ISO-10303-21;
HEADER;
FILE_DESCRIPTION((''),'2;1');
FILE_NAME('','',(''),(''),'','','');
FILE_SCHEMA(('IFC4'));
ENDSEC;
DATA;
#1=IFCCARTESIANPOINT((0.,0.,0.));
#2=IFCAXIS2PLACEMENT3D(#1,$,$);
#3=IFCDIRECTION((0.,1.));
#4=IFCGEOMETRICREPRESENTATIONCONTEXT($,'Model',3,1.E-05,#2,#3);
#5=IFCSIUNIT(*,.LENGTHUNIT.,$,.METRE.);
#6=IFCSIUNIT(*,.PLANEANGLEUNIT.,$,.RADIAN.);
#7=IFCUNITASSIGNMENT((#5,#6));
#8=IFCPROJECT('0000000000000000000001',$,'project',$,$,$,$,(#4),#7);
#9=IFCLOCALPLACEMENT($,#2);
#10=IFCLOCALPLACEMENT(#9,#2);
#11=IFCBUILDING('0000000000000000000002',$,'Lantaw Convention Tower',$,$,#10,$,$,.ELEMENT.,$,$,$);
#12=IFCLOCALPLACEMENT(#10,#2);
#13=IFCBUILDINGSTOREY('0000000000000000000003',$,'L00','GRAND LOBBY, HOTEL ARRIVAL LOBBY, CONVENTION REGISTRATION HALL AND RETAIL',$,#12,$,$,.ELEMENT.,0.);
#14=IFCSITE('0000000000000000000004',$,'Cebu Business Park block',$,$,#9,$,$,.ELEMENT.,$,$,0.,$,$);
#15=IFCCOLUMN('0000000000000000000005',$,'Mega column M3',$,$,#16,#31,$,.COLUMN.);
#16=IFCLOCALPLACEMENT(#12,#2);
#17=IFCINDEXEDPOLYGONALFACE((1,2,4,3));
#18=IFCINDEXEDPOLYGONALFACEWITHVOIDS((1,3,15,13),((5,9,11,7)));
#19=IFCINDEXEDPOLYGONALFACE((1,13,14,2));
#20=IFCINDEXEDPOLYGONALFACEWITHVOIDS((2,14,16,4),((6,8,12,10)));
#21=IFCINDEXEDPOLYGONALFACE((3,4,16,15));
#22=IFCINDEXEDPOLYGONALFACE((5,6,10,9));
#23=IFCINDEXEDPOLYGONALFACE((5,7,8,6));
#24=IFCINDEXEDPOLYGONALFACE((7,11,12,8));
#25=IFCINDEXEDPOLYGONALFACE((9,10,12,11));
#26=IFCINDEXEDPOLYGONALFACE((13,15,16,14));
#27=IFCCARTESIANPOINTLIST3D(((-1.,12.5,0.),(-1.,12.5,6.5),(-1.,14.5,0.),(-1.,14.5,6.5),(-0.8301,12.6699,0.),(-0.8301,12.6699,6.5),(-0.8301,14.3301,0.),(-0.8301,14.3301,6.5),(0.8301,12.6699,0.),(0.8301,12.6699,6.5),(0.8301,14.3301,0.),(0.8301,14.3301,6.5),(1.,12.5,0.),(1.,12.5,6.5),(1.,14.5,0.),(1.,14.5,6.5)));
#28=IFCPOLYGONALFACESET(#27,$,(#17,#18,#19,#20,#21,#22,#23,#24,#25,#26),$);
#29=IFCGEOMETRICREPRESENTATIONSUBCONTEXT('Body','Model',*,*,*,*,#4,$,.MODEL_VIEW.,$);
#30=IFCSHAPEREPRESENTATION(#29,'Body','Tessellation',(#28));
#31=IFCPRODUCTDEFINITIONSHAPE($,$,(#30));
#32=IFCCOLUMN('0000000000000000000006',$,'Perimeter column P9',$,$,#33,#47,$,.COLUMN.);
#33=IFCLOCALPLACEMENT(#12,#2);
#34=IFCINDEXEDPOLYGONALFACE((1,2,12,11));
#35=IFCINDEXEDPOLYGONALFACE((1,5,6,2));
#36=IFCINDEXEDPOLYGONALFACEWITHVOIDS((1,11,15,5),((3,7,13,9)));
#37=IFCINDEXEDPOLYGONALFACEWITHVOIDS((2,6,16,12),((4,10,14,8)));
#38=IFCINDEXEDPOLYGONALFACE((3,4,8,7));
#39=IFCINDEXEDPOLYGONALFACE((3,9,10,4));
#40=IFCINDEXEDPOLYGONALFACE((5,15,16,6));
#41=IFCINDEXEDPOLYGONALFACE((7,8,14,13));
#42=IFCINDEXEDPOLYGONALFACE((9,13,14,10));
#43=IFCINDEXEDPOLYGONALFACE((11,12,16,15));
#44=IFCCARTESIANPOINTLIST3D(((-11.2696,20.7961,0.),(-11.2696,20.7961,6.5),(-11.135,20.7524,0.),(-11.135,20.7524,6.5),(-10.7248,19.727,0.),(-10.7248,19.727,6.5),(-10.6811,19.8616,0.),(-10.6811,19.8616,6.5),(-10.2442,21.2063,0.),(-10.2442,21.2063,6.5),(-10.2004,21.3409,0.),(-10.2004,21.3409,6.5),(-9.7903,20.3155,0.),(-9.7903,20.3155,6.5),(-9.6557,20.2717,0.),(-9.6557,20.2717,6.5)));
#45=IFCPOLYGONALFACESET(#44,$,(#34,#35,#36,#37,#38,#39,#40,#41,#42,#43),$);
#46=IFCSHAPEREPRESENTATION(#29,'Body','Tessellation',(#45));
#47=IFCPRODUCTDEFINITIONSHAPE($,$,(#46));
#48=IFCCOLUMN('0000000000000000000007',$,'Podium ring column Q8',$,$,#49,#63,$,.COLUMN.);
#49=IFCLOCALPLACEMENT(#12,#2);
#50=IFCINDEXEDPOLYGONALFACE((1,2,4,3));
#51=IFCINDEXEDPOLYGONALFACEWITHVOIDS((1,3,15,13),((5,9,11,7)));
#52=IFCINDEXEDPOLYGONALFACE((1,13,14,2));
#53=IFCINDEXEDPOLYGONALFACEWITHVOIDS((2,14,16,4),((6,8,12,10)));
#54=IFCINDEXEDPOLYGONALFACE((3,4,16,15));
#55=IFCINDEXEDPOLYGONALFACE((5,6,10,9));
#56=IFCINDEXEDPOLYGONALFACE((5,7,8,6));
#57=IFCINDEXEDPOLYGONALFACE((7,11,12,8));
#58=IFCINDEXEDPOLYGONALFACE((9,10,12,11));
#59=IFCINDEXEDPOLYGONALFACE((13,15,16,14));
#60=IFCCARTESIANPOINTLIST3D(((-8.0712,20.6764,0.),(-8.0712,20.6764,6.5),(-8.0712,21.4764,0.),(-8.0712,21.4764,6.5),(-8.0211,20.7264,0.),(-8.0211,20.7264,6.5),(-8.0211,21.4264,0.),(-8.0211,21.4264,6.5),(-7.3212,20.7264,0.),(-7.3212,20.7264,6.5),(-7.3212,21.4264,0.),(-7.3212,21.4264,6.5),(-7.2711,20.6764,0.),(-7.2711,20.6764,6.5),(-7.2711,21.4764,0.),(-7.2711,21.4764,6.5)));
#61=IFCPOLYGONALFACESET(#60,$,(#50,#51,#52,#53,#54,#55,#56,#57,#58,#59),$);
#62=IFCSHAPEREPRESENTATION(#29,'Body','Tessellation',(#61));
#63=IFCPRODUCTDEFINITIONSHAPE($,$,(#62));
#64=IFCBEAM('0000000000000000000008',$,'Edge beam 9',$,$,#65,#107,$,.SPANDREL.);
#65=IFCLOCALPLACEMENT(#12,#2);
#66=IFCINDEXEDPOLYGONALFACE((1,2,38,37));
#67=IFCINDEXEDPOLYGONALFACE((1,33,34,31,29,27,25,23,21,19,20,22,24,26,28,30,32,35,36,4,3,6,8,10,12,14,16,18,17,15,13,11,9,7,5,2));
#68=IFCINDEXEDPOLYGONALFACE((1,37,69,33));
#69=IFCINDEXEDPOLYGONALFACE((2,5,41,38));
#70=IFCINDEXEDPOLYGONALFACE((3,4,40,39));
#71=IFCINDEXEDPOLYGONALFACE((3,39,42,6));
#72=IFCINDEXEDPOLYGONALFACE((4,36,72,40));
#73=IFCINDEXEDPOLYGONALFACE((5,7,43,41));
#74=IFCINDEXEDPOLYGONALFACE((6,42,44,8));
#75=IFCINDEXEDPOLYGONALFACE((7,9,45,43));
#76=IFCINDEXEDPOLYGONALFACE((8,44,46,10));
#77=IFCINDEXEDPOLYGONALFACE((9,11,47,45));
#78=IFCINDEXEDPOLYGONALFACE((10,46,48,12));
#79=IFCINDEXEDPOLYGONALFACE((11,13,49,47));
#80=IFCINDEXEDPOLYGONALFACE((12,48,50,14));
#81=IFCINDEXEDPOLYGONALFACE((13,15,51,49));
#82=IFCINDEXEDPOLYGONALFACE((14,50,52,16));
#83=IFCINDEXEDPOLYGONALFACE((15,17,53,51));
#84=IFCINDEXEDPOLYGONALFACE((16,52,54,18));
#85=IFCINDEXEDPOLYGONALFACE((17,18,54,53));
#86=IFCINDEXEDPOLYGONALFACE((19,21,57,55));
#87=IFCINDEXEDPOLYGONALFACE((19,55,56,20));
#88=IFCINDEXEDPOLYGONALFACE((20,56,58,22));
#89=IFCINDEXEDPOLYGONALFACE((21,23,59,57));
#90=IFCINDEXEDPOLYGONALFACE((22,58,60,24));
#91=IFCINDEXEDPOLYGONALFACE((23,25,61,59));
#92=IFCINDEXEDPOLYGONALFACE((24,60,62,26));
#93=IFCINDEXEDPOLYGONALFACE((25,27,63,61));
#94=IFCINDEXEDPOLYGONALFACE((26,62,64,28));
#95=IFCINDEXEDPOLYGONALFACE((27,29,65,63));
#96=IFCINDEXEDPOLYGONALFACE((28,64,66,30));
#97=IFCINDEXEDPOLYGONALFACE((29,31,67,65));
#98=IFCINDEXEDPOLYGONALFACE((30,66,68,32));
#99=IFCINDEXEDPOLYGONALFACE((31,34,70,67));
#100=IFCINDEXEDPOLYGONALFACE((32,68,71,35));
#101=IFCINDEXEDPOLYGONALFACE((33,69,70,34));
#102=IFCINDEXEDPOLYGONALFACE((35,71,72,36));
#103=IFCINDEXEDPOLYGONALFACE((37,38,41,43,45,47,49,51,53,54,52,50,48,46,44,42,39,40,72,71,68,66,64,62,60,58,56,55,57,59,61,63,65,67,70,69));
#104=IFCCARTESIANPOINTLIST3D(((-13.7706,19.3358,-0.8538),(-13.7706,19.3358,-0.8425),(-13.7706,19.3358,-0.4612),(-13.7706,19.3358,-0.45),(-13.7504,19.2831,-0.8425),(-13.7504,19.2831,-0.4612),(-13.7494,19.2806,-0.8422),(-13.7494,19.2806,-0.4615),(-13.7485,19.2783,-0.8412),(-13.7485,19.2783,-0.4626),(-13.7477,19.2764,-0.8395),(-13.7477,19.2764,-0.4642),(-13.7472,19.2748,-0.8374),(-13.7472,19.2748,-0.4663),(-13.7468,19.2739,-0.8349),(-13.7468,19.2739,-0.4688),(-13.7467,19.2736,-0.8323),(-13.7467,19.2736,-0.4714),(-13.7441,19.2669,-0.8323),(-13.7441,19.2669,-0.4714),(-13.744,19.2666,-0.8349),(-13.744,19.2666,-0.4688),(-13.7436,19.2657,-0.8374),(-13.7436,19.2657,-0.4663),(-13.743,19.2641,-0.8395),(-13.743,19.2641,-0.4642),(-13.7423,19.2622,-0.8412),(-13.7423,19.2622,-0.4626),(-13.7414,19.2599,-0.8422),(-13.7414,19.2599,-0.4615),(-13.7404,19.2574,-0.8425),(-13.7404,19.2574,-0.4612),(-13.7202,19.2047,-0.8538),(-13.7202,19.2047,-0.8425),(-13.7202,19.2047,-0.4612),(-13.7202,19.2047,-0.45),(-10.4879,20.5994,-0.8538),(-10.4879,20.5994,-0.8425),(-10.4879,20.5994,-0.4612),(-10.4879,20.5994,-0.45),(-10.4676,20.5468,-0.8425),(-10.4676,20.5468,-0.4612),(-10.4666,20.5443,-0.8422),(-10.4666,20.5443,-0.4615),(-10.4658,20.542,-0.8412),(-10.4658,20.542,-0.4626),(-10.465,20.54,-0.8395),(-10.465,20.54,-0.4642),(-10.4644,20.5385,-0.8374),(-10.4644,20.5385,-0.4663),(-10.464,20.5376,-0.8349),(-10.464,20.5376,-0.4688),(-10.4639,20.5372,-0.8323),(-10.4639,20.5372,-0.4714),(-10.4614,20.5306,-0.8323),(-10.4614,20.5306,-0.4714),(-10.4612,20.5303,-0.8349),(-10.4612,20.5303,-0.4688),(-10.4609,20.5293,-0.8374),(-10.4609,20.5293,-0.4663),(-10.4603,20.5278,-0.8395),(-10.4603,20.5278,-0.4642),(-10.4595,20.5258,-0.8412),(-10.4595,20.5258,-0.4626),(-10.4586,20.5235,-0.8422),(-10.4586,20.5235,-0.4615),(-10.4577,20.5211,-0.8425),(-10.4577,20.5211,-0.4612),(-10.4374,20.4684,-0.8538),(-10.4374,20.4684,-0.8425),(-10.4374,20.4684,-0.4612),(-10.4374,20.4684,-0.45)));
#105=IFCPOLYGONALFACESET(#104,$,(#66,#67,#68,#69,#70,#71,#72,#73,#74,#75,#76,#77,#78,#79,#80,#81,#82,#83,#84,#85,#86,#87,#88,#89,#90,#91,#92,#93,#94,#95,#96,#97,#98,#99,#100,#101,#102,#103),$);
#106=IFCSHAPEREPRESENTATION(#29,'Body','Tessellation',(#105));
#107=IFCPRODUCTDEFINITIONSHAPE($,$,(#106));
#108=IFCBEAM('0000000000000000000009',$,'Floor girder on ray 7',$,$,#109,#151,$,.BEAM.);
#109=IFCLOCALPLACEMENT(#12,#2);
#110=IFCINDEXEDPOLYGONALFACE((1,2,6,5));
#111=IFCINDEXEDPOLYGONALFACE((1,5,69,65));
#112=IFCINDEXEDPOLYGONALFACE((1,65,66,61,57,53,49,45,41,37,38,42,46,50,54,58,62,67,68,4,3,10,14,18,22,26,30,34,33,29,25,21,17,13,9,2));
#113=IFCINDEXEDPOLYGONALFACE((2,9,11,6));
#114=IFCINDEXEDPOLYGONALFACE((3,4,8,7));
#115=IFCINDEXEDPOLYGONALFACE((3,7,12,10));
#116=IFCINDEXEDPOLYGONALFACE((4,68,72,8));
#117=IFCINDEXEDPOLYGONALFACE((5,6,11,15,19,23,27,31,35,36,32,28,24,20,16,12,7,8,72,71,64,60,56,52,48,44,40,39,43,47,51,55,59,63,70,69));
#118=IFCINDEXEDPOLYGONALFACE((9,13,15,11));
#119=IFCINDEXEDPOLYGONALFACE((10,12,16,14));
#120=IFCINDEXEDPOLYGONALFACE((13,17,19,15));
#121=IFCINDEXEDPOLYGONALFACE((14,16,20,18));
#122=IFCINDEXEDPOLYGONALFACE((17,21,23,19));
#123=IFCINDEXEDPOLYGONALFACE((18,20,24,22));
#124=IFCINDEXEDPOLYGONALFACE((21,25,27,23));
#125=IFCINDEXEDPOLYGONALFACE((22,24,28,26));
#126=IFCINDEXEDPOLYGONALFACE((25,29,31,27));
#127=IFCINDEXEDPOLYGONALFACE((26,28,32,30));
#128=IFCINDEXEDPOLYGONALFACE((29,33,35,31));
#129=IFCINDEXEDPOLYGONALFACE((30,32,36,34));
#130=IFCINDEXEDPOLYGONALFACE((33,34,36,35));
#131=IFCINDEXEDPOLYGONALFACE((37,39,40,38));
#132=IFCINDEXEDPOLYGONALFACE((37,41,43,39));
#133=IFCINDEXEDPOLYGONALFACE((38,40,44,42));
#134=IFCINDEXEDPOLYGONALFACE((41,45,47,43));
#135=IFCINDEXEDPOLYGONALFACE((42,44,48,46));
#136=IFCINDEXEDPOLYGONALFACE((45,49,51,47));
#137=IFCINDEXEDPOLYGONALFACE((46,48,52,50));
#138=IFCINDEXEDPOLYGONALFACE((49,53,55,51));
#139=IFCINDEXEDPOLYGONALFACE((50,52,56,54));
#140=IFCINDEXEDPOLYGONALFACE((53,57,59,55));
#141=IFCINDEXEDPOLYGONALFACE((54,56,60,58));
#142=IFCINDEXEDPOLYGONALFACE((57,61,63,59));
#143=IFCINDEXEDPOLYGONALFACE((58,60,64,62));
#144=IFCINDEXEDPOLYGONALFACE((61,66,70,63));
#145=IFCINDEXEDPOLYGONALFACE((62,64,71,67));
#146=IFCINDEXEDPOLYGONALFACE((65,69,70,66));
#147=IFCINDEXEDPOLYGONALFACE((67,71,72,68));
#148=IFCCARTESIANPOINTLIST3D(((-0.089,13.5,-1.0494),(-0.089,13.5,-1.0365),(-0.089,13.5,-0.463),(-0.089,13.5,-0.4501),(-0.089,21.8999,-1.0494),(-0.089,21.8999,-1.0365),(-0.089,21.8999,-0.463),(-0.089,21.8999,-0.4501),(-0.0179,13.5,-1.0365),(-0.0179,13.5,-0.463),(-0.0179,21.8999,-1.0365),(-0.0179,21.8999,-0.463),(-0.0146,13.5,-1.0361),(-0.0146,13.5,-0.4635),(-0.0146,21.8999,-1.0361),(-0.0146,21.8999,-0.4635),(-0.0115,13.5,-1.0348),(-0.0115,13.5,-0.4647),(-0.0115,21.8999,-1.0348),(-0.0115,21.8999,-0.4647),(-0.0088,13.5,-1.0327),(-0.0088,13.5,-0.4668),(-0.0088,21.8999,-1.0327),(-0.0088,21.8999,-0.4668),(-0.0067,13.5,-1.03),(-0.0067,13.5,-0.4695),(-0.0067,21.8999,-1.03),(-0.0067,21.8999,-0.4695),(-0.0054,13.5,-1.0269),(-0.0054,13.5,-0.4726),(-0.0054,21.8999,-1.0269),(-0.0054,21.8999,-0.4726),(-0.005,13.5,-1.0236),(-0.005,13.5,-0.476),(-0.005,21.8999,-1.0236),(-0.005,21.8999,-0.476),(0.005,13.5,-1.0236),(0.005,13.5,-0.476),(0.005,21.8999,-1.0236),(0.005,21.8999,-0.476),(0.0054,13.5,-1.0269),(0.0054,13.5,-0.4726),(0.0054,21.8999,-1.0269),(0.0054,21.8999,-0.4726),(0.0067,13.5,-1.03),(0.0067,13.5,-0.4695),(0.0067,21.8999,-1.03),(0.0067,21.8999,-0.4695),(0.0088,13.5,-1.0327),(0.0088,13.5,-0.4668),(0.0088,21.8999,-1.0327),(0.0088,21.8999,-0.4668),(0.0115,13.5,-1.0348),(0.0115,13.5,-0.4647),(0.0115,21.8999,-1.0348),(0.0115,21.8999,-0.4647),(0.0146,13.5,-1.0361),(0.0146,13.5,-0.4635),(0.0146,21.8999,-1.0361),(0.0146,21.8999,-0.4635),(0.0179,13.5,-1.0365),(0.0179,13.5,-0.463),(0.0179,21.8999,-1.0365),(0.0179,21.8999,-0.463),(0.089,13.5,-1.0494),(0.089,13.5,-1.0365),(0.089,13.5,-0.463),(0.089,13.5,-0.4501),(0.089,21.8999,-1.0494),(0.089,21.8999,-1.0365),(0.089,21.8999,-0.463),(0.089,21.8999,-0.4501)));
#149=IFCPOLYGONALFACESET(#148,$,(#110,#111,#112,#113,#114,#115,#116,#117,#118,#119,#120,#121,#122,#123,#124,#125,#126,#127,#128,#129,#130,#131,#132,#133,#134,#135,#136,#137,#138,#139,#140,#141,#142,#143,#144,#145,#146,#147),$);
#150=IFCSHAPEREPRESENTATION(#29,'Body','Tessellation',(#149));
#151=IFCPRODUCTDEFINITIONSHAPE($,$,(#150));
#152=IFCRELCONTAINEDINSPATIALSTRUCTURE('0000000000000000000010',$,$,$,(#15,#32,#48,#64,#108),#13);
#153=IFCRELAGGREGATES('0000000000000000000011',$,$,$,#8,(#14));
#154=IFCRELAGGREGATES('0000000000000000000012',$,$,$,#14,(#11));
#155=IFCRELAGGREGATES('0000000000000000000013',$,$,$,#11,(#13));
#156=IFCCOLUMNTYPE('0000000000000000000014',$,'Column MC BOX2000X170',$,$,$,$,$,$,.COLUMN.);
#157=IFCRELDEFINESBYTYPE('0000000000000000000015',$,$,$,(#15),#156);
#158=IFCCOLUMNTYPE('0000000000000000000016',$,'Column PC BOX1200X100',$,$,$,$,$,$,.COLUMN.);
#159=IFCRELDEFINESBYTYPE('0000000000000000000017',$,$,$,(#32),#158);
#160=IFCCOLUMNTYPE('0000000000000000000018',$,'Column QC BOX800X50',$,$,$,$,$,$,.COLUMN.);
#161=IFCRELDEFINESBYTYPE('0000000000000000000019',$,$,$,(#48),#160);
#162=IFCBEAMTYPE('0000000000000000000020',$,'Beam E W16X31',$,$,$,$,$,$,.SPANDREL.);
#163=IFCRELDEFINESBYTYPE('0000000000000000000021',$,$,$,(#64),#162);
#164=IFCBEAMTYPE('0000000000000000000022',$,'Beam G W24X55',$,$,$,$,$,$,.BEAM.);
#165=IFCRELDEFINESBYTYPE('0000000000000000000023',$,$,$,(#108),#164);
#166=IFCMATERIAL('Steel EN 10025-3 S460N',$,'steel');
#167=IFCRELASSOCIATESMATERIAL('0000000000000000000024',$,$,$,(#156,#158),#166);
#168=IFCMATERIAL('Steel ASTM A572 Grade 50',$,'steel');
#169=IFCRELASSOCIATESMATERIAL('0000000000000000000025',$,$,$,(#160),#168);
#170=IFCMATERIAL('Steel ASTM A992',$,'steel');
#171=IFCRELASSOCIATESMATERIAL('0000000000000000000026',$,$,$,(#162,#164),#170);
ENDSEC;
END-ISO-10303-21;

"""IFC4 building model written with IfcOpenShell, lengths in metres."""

from ifc_helpers import new_model, si_unit, direction, frame, origin, origin_2d, place, context, subcontext, project, spatial, rectangle, hollow_rectangle, i_section, extrude, material, material_profile, profile_set, type_object, element, save


model = new_model("IFC4")

# Units and contexts
model_context = context("Model", 3, precision=1e-05, world=origin(), true_north=direction((0.0, 1.0)))
body_context = subcontext(model_context, "Body", "Model", "MODEL_VIEW")
ifc_project = project(units=[si_unit("LENGTHUNIT", "METRE"), si_unit("PLANEANGLEUNIT", "RADIAN")], contexts=[model_context])

# Site, building, storey
site_placement = place(None, origin())
site = spatial("IfcSite", under=ifc_project, at=site_placement, Name="Cebu Business Park block", CompositionType="ELEMENT", RefElevation=0.0)
building_placement = place(site_placement, origin())
building = spatial("IfcBuilding", under=site, at=building_placement, Name="Lantaw Convention Tower", CompositionType="ELEMENT")
storey_placement = place(building_placement, origin())
storey = spatial("IfcBuildingStorey", under=building, at=storey_placement, Name="L00", Description="GRAND LOBBY, HOTEL ARRIVAL LOBBY, CONVENTION REGISTRATION HALL AND RETAIL", CompositionType="ELEMENT", Elevation=0.0)

# Columns
ifc_material_1 = material(Name="Steel EN 10025-3 S460N", Category="steel")
ifc_material_profile_1 = material_profile(ifc_material_1, hollow_rectangle(XDim=2.0, YDim=2.0, WallThickness=0.1699, at=origin_2d()), Name="BOX2000X170")
ifc_material_2 = material(Name="Concrete C60/75", Category="concrete")
ifc_material_profile_2 = material_profile(ifc_material_2, rectangle(XDim=1.6599, YDim=1.6599, at=origin_2d()), Name="Concrete fill of BOX2000X170")
ifc_profile_set_1 = profile_set([ifc_material_profile_1, ifc_material_profile_2], Name="Steel EN 10025-3 S460N")
column_type_1 = type_object("IfcColumnType", Name="Column MC BOX2000X170", PredefinedType="COLUMN", material=ifc_profile_set_1)
column_1_placement = place(storey_placement, frame((0.0, 13.5, 0.0), z_axis=(0.0, 0.0, 1.0), x_axis=(1.0, 0.0, 0.0)))
element("IfcColumn", 1, at=column_1_placement, inside=storey, type_object=column_type_1, Name="Mega column M3", PredefinedType="COLUMN", context=body_context, shape_type="SweptSolid", body=[
    extrude(hollow_rectangle(XDim=2.0, YDim=2.0, WallThickness=0.1699, at=origin_2d()), origin(), (0.0, 0.0, 1.0), 6.5),
])
ifc_material_profile_3 = material_profile(ifc_material_1, hollow_rectangle(XDim=1.2, YDim=1.2, WallThickness=0.1001, at=origin_2d()), Name="BOX1200X100")
ifc_material_profile_4 = material_profile(ifc_material_2, rectangle(XDim=1.0, YDim=1.0, at=origin_2d()), Name="Concrete fill of BOX1200X100")
ifc_profile_set_2 = profile_set([ifc_material_profile_3, ifc_material_profile_4], Name="Steel EN 10025-3 S460N")
column_type_2 = type_object("IfcColumnType", Name="Column PC BOX1200X100", PredefinedType="COLUMN", material=ifc_profile_set_2)
column_2_placement = place(storey_placement, frame((-10.4626, 20.5339, 0.0), z_axis=(0.0, 0.0, 1.0), x_axis=(0.891007, 0.45399, 0.0)))
element("IfcColumn", 2, at=column_2_placement, inside=storey, type_object=column_type_2, Name="Perimeter column P9", PredefinedType="COLUMN", context=body_context, shape_type="SweptSolid", body=[
    extrude(hollow_rectangle(XDim=1.2, YDim=1.2, WallThickness=0.1001, at=origin_2d()), origin(), (0.0, 0.0, 1.0), 6.5),
])
ifc_material_3 = material(Name="Steel ASTM A572 Grade 50", Category="steel")
ifc_material_profile_5 = material_profile(ifc_material_3, hollow_rectangle(XDim=0.8, YDim=0.8, WallThickness=0.05, at=origin_2d()), Name="BOX800X50")
ifc_profile_set_3 = profile_set([ifc_material_profile_5], Name="Steel ASTM A572 Grade 50")
column_type_3 = type_object("IfcColumnType", Name="Column QC BOX800X50", PredefinedType="COLUMN", material=ifc_profile_set_3)
column_3_placement = place(storey_placement, frame((-7.6711, 21.0764, 0.0), z_axis=(0.0, 0.0, 1.0), x_axis=(1.0, 0.0, 0.0)))
element("IfcColumn", 3, at=column_3_placement, inside=storey, type_object=column_type_3, Name="Podium ring column Q8", PredefinedType="COLUMN", context=body_context, shape_type="SweptSolid", body=[
    extrude(hollow_rectangle(XDim=0.8, YDim=0.8, WallThickness=0.05, at=origin_2d()), origin(), (0.0, 0.0, 1.0), 6.5),
])

# Beams
ifc_material_4 = material(Name="Steel ASTM A992", Category="steel")
ifc_material_profile_6 = material_profile(ifc_material_4, i_section(OverallWidth=0.1404, OverallDepth=0.4038, WebThickness=0.0071, FlangeThickness=0.0112, FilletRadius=0.0103, at=origin_2d()), Name="W16X31")
ifc_profile_set_4 = profile_set([ifc_material_profile_6], Name="Steel ASTM A992")
beam_type_1 = type_object("IfcBeamType", Name="Beam E W16X31", PredefinedType="SPANDREL", material=ifc_profile_set_4)
beam_1_placement = place(storey_placement, frame((-10.4626, 20.5339, -0.6519), z_axis=(-0.933242, -0.359249, 0.0), x_axis=(0.359249, -0.933242, 0.0)))
element("IfcBeam", 4, at=beam_1_placement, inside=storey, type_object=beam_type_1, Name="Edge beam 9", PredefinedType="SPANDREL", context=body_context, shape_type="SweptSolid", body=[
    extrude(i_section(OverallWidth=0.1404, OverallDepth=0.4038, WebThickness=0.0071, FlangeThickness=0.0112, FilletRadius=0.0103, at=origin_2d()), origin(), (0.0, 0.0, 1.0), 3.5176),
])
ifc_material_profile_7 = material_profile(ifc_material_4, i_section(OverallWidth=0.178, OverallDepth=0.5994, WebThickness=0.01, FlangeThickness=0.0129, FilletRadius=0.0129, at=origin_2d()), Name="W24X55")
ifc_profile_set_5 = profile_set([ifc_material_profile_7], Name="Steel ASTM A992")
beam_type_2 = type_object("IfcBeamType", Name="Beam G W24X55", PredefinedType="BEAM", material=ifc_profile_set_5)
beam_2_placement = place(storey_placement, frame((0.0, 13.5, -0.7498), z_axis=(0.0, 1.0, 0.0), x_axis=(-1.0, 0.0, 0.0)))
element("IfcBeam", 5, at=beam_2_placement, inside=storey, type_object=beam_type_2, Name="Floor girder on ray 7", PredefinedType="BEAM", context=body_context, shape_type="SweptSolid", body=[
    extrude(i_section(OverallWidth=0.178, OverallDepth=0.5994, WebThickness=0.01, FlangeThickness=0.0129, FilletRadius=0.0129, at=origin_2d()), origin(), (0.0, 0.0, 1.0), 8.3999),
])

save(model, "model.ifc")
